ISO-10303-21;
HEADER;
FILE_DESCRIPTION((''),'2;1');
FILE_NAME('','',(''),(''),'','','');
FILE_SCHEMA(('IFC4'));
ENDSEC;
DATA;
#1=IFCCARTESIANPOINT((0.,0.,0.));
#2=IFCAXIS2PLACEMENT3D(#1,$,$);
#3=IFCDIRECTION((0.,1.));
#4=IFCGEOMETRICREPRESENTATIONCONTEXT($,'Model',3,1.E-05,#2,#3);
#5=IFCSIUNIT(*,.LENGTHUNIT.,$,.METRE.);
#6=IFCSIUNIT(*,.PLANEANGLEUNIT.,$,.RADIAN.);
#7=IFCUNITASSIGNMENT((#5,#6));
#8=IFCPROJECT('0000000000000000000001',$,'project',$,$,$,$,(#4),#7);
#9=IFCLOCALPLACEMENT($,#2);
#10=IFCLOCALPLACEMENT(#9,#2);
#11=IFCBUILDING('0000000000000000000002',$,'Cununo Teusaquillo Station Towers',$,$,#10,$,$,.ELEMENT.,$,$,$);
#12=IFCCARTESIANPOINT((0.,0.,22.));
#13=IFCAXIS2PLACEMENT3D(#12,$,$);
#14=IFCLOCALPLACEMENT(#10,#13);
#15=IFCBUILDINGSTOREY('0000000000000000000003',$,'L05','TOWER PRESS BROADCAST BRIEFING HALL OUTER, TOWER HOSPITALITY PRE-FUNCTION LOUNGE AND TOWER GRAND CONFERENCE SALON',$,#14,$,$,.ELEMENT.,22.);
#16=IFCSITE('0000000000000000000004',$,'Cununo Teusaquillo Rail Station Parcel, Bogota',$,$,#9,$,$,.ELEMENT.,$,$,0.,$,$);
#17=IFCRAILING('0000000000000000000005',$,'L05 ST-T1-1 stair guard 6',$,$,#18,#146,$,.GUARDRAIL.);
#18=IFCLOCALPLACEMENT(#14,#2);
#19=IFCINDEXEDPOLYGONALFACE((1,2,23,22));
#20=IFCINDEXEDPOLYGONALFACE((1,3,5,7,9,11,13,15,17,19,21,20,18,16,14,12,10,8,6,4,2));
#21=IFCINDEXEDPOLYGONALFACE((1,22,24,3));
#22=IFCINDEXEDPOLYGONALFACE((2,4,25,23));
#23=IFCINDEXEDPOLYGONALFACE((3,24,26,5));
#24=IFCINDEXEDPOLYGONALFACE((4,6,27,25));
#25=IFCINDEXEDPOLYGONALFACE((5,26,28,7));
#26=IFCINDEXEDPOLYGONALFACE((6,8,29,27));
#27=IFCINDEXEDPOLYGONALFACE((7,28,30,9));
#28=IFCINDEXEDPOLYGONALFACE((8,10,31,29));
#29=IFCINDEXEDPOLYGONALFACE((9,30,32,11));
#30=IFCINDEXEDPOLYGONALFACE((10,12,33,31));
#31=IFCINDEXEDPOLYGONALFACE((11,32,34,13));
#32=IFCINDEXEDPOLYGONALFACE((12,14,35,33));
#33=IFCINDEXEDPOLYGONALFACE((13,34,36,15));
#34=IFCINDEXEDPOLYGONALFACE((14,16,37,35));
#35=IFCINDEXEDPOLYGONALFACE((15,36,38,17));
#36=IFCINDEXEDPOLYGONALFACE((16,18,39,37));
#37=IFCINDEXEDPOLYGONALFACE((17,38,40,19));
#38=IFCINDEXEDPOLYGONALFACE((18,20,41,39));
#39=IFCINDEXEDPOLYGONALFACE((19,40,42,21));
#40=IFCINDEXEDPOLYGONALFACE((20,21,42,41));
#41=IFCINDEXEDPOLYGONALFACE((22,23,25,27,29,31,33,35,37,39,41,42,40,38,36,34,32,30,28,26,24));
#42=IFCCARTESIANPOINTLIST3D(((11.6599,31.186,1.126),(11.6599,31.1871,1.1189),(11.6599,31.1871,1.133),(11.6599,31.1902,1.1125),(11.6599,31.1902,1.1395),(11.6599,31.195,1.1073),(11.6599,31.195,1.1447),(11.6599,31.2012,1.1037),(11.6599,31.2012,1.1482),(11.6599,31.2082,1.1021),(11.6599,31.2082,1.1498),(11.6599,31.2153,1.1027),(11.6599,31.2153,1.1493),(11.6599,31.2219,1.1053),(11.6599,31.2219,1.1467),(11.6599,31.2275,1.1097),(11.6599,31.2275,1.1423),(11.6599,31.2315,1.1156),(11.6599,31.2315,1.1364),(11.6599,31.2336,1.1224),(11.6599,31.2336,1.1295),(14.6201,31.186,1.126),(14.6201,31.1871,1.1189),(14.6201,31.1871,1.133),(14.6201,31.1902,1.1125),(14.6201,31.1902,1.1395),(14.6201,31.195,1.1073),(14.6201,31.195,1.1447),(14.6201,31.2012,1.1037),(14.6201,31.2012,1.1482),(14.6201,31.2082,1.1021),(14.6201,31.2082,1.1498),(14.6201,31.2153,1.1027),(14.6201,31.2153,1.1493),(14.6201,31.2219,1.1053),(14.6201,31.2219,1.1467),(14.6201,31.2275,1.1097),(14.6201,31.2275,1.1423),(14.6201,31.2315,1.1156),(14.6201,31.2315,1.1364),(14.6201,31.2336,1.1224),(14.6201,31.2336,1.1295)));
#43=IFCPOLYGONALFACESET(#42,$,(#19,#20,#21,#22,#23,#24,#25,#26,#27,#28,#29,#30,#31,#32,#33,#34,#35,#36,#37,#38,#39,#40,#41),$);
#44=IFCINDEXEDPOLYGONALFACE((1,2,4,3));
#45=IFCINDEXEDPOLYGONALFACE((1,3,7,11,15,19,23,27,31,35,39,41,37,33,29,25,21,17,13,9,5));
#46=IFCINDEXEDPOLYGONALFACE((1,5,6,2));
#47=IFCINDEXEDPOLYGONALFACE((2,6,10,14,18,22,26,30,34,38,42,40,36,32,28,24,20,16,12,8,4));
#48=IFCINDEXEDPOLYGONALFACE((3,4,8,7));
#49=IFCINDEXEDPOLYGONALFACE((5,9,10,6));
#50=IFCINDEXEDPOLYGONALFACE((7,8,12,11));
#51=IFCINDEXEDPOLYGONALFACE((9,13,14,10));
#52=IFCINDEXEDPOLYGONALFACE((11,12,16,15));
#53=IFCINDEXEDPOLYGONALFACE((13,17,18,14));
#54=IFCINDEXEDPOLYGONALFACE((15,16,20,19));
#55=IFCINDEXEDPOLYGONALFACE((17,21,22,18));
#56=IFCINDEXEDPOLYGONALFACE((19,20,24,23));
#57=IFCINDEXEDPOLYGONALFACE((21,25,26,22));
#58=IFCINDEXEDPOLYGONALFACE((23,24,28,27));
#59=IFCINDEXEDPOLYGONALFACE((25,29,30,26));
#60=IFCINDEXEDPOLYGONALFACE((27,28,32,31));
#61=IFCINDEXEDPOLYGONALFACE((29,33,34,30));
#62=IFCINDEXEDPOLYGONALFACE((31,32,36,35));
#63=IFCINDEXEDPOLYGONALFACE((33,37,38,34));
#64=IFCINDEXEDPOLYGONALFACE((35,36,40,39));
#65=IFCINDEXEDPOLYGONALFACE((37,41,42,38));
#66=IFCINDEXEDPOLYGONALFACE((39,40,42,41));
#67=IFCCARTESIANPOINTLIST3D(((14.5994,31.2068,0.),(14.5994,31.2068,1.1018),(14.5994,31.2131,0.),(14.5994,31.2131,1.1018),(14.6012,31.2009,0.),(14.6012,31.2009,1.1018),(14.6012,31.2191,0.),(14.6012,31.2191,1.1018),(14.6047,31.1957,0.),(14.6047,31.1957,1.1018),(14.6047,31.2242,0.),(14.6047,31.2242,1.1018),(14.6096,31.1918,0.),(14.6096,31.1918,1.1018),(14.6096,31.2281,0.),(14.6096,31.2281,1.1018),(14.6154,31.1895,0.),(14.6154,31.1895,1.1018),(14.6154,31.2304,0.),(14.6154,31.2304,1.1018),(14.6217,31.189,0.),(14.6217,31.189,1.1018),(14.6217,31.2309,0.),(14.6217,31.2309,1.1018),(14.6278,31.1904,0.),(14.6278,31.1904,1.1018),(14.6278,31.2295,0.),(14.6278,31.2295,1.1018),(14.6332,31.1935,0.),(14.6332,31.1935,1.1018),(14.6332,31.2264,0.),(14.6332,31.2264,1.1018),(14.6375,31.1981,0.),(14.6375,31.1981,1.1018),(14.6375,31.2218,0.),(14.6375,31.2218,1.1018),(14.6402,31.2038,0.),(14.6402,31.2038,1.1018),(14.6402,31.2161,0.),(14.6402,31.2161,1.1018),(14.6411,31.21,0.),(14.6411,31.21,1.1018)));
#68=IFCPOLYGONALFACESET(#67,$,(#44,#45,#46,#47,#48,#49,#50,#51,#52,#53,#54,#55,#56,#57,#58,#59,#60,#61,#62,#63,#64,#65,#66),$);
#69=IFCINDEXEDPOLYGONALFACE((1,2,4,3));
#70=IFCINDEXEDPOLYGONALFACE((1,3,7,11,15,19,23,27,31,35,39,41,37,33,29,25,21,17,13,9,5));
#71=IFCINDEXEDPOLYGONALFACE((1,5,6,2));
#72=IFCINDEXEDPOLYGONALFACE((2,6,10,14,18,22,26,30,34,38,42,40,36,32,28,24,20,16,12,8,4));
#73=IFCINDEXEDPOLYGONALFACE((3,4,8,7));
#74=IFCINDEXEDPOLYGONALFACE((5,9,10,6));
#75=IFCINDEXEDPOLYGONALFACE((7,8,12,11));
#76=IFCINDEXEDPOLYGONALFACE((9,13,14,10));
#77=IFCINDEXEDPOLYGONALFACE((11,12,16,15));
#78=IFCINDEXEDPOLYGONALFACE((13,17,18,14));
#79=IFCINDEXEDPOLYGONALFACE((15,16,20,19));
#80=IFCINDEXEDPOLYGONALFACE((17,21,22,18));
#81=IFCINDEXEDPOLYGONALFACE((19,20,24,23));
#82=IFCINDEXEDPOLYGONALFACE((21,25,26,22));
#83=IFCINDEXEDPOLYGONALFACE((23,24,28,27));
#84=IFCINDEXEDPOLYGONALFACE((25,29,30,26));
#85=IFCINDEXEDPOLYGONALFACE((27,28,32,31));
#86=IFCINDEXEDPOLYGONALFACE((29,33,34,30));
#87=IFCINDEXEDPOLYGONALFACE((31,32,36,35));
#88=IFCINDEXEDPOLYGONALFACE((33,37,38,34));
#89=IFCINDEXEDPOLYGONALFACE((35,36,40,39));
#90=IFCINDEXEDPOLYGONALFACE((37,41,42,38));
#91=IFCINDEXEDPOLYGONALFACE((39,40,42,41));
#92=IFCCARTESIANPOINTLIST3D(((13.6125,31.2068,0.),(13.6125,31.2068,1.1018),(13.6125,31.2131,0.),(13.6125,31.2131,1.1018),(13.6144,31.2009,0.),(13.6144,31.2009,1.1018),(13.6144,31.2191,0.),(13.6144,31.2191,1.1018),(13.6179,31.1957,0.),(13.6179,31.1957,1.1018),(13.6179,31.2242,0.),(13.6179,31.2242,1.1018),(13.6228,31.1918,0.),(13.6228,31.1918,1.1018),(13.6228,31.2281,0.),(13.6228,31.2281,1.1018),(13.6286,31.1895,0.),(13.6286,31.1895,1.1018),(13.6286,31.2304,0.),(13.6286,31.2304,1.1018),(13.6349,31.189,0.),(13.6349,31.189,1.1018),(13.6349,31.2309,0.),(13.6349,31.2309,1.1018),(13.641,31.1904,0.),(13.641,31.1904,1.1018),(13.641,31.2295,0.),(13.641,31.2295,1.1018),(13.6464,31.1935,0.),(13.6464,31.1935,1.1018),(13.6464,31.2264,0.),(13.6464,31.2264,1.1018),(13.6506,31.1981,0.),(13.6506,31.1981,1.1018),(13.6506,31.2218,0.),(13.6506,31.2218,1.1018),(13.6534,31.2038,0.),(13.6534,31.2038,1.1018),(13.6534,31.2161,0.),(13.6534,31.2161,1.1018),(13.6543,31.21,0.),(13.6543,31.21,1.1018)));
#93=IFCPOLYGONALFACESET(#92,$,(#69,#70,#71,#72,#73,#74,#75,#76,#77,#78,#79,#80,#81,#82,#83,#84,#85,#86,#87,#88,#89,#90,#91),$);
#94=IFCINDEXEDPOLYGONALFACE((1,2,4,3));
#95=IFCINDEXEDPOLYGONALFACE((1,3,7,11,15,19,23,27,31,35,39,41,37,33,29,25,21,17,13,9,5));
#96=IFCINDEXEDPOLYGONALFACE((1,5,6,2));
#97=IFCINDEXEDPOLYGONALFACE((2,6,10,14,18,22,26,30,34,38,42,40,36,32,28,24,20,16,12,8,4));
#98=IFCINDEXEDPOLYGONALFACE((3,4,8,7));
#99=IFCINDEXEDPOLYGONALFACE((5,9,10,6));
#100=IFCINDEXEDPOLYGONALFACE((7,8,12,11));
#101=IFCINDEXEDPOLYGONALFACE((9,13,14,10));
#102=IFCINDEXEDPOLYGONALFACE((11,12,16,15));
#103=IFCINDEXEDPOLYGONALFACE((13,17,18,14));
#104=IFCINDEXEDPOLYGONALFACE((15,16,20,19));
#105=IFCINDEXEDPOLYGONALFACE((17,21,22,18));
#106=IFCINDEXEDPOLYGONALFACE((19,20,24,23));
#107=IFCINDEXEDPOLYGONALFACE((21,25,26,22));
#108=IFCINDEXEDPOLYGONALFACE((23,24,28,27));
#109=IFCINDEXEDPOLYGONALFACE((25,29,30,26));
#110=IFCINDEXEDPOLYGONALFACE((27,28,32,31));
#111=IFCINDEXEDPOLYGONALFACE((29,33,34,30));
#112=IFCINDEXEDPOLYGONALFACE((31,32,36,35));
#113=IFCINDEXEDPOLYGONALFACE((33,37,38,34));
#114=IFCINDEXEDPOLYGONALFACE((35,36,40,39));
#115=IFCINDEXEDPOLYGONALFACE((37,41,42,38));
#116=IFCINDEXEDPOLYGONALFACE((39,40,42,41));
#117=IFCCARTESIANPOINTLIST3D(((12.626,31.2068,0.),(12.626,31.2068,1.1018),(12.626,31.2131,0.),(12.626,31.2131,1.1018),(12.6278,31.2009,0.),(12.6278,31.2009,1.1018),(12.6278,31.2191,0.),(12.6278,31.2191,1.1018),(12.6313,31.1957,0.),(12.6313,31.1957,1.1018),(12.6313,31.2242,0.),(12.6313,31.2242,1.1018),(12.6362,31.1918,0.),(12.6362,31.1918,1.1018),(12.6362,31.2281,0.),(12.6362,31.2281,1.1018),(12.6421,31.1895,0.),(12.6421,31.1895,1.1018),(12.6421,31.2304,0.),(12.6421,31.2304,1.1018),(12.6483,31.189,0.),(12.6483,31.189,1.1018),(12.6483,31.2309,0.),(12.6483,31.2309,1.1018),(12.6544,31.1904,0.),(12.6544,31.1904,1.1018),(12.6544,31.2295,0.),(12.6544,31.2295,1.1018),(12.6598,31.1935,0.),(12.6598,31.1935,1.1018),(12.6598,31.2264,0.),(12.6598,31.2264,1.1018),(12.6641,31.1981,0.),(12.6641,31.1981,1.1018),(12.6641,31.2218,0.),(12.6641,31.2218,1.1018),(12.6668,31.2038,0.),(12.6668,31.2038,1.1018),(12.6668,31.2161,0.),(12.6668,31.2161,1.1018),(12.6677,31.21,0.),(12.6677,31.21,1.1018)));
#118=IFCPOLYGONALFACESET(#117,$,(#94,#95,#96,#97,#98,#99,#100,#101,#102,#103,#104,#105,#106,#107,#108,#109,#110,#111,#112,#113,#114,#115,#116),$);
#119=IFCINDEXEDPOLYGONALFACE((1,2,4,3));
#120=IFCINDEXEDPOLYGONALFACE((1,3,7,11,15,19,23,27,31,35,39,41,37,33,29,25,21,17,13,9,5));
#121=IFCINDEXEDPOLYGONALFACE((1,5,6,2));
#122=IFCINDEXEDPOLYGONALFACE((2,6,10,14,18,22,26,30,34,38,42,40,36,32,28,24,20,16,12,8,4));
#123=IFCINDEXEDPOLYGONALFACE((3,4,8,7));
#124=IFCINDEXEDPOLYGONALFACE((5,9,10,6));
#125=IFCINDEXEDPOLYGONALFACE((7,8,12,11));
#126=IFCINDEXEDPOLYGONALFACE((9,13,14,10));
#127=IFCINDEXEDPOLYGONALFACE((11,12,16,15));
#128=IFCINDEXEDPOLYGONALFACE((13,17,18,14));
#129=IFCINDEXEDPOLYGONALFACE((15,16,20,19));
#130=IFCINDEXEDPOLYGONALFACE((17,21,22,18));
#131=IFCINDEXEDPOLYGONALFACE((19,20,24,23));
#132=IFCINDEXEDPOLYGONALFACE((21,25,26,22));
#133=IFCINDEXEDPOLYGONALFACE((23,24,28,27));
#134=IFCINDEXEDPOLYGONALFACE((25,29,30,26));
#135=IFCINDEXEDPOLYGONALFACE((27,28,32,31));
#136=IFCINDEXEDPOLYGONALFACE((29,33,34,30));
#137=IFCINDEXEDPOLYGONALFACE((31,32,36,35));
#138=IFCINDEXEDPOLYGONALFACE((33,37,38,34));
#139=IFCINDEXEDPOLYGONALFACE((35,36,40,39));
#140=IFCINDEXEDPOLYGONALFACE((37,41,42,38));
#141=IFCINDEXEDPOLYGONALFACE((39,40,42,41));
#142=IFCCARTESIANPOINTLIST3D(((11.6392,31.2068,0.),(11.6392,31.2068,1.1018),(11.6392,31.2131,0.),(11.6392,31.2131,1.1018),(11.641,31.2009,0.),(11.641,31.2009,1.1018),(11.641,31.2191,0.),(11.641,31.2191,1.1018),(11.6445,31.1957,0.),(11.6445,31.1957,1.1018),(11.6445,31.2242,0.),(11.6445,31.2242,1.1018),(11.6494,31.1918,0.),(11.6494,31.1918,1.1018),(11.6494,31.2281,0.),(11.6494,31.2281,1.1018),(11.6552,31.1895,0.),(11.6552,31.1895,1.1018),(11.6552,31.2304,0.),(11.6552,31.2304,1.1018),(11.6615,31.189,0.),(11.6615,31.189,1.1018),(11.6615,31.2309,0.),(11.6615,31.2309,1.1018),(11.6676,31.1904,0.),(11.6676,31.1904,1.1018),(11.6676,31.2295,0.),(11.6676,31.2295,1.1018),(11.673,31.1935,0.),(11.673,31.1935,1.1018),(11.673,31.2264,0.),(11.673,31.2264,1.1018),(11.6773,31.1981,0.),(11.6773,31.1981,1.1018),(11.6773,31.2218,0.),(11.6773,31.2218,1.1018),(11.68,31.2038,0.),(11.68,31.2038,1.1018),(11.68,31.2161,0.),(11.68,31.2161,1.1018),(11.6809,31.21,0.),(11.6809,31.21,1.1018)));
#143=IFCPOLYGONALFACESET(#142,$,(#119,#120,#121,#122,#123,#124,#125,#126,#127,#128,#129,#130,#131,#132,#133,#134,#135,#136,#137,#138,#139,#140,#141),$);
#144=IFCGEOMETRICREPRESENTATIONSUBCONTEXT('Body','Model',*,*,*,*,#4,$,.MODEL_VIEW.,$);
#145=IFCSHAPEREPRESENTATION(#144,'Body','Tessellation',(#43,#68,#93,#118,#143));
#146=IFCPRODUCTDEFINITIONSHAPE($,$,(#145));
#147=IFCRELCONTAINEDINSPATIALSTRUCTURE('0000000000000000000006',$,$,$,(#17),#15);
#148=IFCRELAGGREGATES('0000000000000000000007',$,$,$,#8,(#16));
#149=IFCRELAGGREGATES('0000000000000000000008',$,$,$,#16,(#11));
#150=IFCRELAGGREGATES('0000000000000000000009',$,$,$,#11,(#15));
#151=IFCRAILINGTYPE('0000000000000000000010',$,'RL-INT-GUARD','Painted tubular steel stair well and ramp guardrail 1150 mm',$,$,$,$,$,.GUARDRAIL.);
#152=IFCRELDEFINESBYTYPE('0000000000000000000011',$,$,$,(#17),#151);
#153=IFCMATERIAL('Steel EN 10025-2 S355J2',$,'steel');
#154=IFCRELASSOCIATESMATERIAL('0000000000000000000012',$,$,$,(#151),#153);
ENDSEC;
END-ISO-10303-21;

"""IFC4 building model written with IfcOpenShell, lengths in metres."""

from ifc_helpers import new_model, si_unit, direction, frame, origin, origin_2d, place, context, subcontext, project, spatial, circle, extrude, material, type_object, element, save


model = new_model("IFC4")

# Units and contexts
model_context = context("Model", 3, precision=1e-05, world=origin(), true_north=direction((0.0, 1.0)))
body_context = subcontext(model_context, "Body", "Model", "MODEL_VIEW")
ifc_project = project(units=[si_unit("LENGTHUNIT", "METRE"), si_unit("PLANEANGLEUNIT", "RADIAN")], contexts=[model_context])

# Site, building, storey
site_placement = place(None, origin())
site = spatial("IfcSite", under=ifc_project, at=site_placement, Name="Cununo Teusaquillo Rail Station Parcel, Bogota", CompositionType="ELEMENT", RefElevation=0.0)
building_placement = place(site_placement, origin())
building = spatial("IfcBuilding", under=site, at=building_placement, Name="Cununo Teusaquillo Station Towers", CompositionType="ELEMENT")
storey_placement = place(building_placement, frame((0.0, 0.0, 22.0)))
storey = spatial("IfcBuildingStorey", under=building, at=storey_placement, Name="L05", Description="TOWER PRESS BROADCAST BRIEFING HALL OUTER, TOWER HOSPITALITY PRE-FUNCTION LOUNGE AND TOWER GRAND CONFERENCE SALON", CompositionType="ELEMENT", Elevation=22.0)

# Railing
ifc_material_1 = material(Name="Steel EN 10025-2 S355J2", Category="steel")
railing_type_1 = type_object("IfcRailingType", Name="RL-INT-GUARD", Description="Painted tubular steel stair well and ramp guardrail 1150 mm", PredefinedType="GUARDRAIL", material=ifc_material_1)
railing_1_placement = place(storey_placement, frame((14.6201, 31.21, 0.0)))
element("IfcRailing", 1, at=railing_1_placement, inside=storey, type_object=railing_type_1, Name="L05 ST-T1-1 stair guard 6", PredefinedType="GUARDRAIL", context=body_context, shape_type="SweptSolid", body=[
    extrude(circle(Radius=0.0239, at=origin_2d()), frame((0.0, 0.0, 1.126), z_axis=(-1.0, 0.0, 0.0), x_axis=(0.0, -1.0, 0.0)), (0.0, 0.0, 1.0), 2.9602),
    extrude(circle(Radius=0.021, at=origin_2d()), origin(), (0.0, 0.0, 1.0), 1.1018),
    extrude(circle(Radius=0.021, at=origin_2d()), frame((-0.9868, 0.0, 0.0)), (0.0, 0.0, 1.0), 1.1018),
    extrude(circle(Radius=0.021, at=origin_2d()), frame((-1.9734, 0.0, 0.0)), (0.0, 0.0, 1.0), 1.1018),
    extrude(circle(Radius=0.021, at=origin_2d()), frame((-2.9602, 0.0, 0.0)), (0.0, 0.0, 1.0), 1.1018),
])

save(model, "model.ifc")
